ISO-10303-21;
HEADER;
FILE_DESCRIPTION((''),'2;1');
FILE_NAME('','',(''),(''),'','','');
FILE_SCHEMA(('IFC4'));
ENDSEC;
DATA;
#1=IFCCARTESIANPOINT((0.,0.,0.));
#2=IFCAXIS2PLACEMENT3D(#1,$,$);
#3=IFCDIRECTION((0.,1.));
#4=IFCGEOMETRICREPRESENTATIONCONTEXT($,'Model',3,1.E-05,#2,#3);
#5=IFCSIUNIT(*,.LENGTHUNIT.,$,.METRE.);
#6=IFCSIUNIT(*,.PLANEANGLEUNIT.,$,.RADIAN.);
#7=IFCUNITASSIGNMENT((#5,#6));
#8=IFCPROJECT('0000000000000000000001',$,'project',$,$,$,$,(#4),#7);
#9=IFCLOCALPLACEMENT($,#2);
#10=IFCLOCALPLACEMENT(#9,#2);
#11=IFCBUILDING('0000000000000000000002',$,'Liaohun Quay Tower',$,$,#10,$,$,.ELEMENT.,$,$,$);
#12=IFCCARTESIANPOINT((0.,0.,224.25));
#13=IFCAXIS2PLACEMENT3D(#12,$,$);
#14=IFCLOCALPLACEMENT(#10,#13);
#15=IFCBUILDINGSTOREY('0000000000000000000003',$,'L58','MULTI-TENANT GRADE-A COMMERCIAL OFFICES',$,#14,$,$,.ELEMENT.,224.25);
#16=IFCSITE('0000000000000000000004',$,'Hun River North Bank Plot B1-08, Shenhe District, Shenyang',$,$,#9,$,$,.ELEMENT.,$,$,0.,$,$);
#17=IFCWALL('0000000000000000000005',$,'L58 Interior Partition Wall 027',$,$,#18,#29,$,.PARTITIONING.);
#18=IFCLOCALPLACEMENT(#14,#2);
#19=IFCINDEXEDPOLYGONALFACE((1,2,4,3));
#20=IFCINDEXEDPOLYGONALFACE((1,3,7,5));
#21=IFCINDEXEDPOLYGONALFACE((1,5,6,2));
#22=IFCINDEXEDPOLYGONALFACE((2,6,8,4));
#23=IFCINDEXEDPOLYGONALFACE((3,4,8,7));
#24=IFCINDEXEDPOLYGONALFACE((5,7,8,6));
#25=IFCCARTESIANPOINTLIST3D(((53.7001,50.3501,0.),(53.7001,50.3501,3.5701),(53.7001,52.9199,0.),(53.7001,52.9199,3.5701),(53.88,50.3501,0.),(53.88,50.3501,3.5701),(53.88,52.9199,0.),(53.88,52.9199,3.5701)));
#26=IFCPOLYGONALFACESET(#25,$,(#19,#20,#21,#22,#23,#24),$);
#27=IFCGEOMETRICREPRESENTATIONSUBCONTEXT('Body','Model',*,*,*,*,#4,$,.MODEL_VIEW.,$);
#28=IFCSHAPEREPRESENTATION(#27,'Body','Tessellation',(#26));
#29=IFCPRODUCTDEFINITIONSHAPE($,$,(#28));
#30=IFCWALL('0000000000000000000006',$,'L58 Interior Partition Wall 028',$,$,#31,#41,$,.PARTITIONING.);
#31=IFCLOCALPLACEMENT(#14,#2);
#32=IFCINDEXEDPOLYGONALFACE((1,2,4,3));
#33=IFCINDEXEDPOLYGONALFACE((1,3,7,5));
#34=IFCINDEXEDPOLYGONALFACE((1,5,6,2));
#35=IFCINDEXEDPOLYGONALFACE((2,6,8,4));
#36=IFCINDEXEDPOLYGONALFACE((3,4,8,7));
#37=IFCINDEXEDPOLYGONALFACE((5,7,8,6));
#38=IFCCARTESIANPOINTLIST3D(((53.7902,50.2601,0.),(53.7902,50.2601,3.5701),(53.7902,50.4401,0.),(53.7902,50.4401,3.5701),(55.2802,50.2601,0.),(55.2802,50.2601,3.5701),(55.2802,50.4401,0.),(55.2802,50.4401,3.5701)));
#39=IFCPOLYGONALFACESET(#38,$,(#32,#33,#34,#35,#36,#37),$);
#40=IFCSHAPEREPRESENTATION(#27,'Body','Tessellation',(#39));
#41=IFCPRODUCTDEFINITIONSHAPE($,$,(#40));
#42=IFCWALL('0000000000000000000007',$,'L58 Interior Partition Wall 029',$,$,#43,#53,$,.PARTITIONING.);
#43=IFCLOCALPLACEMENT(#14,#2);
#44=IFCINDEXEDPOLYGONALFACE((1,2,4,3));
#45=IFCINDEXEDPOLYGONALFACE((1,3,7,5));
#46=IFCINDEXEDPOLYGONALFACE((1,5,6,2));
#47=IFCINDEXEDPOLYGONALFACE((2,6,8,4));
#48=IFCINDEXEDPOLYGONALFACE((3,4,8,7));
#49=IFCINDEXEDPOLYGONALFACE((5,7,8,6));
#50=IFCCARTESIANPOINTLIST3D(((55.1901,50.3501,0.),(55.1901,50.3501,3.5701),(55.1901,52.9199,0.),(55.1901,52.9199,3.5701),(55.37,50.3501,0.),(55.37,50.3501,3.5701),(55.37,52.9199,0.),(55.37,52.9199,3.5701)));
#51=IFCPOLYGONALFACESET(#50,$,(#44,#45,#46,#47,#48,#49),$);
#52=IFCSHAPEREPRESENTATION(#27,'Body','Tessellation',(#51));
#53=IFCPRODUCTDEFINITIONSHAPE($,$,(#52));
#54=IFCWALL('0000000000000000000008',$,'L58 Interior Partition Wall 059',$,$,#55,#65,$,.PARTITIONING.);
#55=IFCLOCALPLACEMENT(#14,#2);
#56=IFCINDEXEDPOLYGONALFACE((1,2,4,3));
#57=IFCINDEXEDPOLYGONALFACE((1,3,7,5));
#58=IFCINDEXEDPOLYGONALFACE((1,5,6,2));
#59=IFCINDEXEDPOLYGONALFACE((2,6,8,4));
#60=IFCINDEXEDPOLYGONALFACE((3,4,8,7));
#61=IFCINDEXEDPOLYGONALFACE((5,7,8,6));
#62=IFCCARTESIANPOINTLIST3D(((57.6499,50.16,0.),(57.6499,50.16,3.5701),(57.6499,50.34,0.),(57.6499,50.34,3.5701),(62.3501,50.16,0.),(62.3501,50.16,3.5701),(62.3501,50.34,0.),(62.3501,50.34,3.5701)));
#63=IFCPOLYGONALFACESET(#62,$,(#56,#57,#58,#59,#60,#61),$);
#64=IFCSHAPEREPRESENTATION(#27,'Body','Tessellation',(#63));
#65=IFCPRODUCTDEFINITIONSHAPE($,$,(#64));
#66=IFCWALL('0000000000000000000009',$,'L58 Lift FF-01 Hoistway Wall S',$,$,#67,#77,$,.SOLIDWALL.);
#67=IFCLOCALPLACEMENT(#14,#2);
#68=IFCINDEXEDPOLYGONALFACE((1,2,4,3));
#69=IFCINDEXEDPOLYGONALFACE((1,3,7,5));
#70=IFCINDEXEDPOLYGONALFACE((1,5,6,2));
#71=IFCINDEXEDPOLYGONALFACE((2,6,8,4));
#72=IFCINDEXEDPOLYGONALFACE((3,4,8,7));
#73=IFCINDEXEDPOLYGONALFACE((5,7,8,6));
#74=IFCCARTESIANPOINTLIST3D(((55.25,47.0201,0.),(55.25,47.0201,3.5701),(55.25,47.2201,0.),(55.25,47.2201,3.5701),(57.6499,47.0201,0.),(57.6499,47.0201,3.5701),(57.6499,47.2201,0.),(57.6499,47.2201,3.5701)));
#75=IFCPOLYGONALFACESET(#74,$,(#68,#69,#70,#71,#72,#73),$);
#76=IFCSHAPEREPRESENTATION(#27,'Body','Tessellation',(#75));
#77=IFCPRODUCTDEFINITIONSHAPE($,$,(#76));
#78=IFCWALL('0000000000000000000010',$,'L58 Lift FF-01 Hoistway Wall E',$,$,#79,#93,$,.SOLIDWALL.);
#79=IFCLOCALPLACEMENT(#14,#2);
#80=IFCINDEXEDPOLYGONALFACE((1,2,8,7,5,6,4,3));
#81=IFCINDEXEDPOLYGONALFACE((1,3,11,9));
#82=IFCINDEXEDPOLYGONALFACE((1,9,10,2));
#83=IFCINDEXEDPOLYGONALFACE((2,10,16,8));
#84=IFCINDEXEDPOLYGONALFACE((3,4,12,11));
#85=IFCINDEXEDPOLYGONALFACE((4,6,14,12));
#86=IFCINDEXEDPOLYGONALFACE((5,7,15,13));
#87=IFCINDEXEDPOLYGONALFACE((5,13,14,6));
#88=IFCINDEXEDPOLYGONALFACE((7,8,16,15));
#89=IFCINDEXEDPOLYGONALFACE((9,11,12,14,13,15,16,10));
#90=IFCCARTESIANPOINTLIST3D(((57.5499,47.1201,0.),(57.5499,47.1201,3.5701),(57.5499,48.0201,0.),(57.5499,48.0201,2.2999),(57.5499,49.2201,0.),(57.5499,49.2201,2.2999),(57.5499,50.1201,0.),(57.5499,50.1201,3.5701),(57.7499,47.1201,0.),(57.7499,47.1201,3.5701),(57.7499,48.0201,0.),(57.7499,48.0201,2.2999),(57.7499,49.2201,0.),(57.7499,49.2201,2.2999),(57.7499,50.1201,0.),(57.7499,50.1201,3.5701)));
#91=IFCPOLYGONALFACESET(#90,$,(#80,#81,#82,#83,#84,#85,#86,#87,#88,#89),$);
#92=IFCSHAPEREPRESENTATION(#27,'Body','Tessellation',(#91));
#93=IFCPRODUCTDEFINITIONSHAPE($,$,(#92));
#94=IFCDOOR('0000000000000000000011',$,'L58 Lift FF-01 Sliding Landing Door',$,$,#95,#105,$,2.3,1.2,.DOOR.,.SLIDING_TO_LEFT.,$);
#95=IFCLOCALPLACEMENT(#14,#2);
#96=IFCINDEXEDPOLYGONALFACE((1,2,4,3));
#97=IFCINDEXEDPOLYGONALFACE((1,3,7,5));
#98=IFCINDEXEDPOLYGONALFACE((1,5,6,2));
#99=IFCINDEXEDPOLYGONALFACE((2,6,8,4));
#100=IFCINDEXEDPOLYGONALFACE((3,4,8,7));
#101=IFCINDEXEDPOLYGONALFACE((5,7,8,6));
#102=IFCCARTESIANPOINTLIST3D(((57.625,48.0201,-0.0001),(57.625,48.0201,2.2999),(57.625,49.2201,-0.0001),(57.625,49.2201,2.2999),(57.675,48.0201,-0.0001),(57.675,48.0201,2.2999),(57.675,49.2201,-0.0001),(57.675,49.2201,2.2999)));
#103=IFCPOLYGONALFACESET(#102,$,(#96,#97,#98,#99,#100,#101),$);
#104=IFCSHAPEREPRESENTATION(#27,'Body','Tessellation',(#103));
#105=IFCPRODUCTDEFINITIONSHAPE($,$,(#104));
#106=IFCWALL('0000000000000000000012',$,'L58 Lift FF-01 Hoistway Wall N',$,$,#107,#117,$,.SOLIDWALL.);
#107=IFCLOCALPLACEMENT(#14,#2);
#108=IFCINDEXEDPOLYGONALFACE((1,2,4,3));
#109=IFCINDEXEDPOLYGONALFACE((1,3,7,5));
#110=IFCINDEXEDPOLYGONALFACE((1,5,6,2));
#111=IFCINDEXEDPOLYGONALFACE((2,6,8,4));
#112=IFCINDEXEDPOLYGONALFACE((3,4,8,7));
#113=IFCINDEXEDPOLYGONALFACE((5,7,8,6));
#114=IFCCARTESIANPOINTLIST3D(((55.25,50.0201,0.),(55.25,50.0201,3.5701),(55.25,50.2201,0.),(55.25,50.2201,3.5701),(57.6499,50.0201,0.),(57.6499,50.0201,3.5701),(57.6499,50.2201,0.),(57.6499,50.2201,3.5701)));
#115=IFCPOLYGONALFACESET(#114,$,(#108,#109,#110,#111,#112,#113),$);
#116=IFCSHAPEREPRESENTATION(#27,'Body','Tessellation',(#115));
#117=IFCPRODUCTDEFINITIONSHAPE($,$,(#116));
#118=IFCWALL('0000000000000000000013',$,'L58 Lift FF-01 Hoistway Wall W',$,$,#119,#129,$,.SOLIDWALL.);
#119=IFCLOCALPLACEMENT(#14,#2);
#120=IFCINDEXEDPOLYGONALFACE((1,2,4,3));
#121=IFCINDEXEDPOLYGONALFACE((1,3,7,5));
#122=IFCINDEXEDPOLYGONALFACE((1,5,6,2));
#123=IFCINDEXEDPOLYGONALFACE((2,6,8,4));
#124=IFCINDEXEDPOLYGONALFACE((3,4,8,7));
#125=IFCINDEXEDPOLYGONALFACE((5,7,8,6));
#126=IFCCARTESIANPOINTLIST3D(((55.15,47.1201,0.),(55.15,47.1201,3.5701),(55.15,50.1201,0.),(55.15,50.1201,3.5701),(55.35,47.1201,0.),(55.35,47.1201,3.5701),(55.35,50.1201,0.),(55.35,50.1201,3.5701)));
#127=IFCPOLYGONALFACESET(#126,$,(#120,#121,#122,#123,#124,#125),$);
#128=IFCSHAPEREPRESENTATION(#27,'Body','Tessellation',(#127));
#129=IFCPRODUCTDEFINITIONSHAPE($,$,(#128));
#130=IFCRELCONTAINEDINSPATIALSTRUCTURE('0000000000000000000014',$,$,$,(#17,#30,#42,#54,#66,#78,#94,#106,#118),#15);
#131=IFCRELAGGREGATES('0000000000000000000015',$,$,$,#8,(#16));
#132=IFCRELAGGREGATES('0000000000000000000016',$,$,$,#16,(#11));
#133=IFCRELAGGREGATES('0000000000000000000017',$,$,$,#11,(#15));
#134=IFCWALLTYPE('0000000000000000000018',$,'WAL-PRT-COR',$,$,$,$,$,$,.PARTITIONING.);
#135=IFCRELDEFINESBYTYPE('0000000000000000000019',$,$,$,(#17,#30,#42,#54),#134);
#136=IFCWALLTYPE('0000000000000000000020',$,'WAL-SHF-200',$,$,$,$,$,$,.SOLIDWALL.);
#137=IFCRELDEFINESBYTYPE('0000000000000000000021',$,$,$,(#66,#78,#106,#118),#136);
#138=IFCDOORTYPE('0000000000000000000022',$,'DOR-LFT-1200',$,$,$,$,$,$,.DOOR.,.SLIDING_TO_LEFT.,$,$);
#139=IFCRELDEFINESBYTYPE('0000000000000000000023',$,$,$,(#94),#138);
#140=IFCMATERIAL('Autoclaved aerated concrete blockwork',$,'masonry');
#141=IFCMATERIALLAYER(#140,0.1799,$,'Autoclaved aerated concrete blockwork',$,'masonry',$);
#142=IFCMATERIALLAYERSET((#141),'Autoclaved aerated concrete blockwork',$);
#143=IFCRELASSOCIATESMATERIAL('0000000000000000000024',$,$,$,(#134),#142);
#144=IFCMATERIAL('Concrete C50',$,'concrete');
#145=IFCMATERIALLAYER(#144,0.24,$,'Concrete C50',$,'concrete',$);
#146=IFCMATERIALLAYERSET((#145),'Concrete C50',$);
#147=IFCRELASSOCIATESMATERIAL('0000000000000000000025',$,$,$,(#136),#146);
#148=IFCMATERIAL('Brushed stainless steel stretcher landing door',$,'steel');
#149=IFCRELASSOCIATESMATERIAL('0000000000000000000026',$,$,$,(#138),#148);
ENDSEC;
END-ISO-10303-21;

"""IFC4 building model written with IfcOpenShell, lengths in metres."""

from ifc_helpers import new_model, si_unit, direction, frame, frame_2d, origin, place, context, subcontext, project, spatial, rectangle, extrude, source, transform, mapped, material, layer, layer_set, type_object, element, fill, save


model = new_model("IFC4")

# Units and contexts
model_context = context("Model", 3, precision=1e-05, world=origin(), true_north=direction((0.0, 1.0)))
body_context = subcontext(model_context, "Body", "Model", "MODEL_VIEW")
ifc_project = project(units=[si_unit("LENGTHUNIT", "METRE"), si_unit("PLANEANGLEUNIT", "RADIAN")], contexts=[model_context])

# Site, building, storey
site_placement = place(None, origin())
site = spatial("IfcSite", under=ifc_project, at=site_placement, Name="Hun River North Bank Plot B1-08, Shenhe District, Shenyang", CompositionType="ELEMENT", RefElevation=0.0)
building_placement = place(site_placement, origin())
building = spatial("IfcBuilding", under=site, at=building_placement, Name="Liaohun Quay Tower", CompositionType="ELEMENT")
storey_placement = place(building_placement, frame((0.0, 0.0, 224.25)))
storey = spatial("IfcBuildingStorey", under=building, at=storey_placement, Name="L58", Description="MULTI-TENANT GRADE-A COMMERCIAL OFFICES", CompositionType="ELEMENT", Elevation=224.25)

# Shared definitions
ifc_material_1 = material(Name="Autoclaved aerated concrete blockwork", Category="masonry")
ifc_layer_1 = layer(ifc_material_1, 0.1799, Name="Autoclaved aerated concrete blockwork", Category="masonry")
ifc_layer_set_1 = layer_set([ifc_layer_1], Name="Autoclaved aerated concrete blockwork")
wall_type_1 = type_object("IfcWallType", Name="WAL-PRT-COR", PredefinedType="PARTITIONING", material=ifc_layer_set_1)

# Walls
wall_1_placement = place(storey_placement, frame((53.79, 50.3501, 0.0), z_axis=(0.0, 0.0, 1.0), x_axis=(0.0, 1.0, 0.0)))
element("IfcWall", 1, at=wall_1_placement, inside=storey, type_object=wall_type_1, Name="L58 Interior Partition Wall 027", PredefinedType="PARTITIONING", context=body_context, shape_type="SweptSolid", body=[
    extrude(rectangle(XDim=2.5698, YDim=0.1799, at=frame_2d((1.2849, 0.0))), origin(), (0.0, 0.0, 1.0), 3.5701),
])
wall_2_placement = place(storey_placement, frame((53.79, 50.3501, 0.0), z_axis=(0.0, 0.0, 1.0), x_axis=(1.0, 0.0, 0.0)))
element("IfcWall", 2, at=wall_2_placement, inside=storey, type_object=wall_type_1, Name="L58 Interior Partition Wall 028", PredefinedType="PARTITIONING", context=body_context, shape_type="SweptSolid", body=[
    extrude(rectangle(XDim=1.49, YDim=0.1799, at=frame_2d((0.7451, 0.0))), origin(), (0.0, 0.0, 1.0), 3.5701),
])
wall_3_placement = place(storey_placement, frame((55.28, 50.3501, 0.0), z_axis=(0.0, 0.0, 1.0), x_axis=(0.0, 1.0, 0.0)))
element("IfcWall", 3, at=wall_3_placement, inside=storey, type_object=wall_type_1, Name="L58 Interior Partition Wall 029", PredefinedType="PARTITIONING", context=body_context, shape_type="SweptSolid", body=[
    extrude(rectangle(XDim=2.5698, YDim=0.1799, at=frame_2d((1.2849, 0.0))), origin(), (0.0, 0.0, 1.0), 3.5701),
])
wall_4_placement = place(storey_placement, frame((57.6499, 50.25, 0.0), z_axis=(0.0, 0.0, 1.0), x_axis=(1.0, 0.0, 0.0)))
element("IfcWall", 4, at=wall_4_placement, inside=storey, type_object=wall_type_1, Name="L58 Interior Partition Wall 059", PredefinedType="PARTITIONING", context=body_context, shape_type="SweptSolid", body=[
    extrude(rectangle(XDim=4.7002, YDim=0.1799, at=frame_2d((2.3501, 0.0))), origin(), (0.0, 0.0, 1.0), 3.5701),
])
ifc_material_2 = material(Name="Concrete C50", Category="concrete")
ifc_layer_2 = layer(ifc_material_2, 0.24, Name="Concrete C50", Category="concrete")
ifc_layer_set_2 = layer_set([ifc_layer_2], Name="Concrete C50")
wall_type_2 = type_object("IfcWallType", Name="WAL-SHF-200", PredefinedType="SOLIDWALL", material=ifc_layer_set_2)
wall_5_placement = place(storey_placement, frame((55.25, 47.1201, 0.0), z_axis=(0.0, 0.0, 1.0), x_axis=(1.0, 0.0, 0.0)))
element("IfcWall", 5, at=wall_5_placement, inside=storey, type_object=wall_type_2, Name="L58 Lift FF-01 Hoistway Wall S", PredefinedType="SOLIDWALL", context=body_context, shape_type="SweptSolid", body=[
    extrude(rectangle(XDim=2.3999, YDim=0.2, at=frame_2d((1.2, 0.0))), origin(), (0.0, 0.0, 1.0), 3.5701),
])

# Wall, opening, door
wall_6_placement = place(storey_placement, frame((57.6499, 47.1201, 0.0), z_axis=(0.0, 0.0, 1.0), x_axis=(0.0, 1.0, 0.0)))
wall_6 = element("IfcWall", 6, at=wall_6_placement, inside=storey, type_object=wall_type_2, Name="L58 Lift FF-01 Hoistway Wall E", PredefinedType="SOLIDWALL", context=body_context, shape_type="SweptSolid", body=[
    extrude(rectangle(XDim=3.0, YDim=0.2, at=frame_2d((1.5, 0.0))), origin(), (0.0, 0.0, 1.0), 3.5701),
])
shared_shape_1 = source(origin(), body_context, "Body", "SweptSolid", [
    extrude(rectangle(XDim=1.2, YDim=2.3, at=frame_2d((0.6001, 1.1499))), frame((0.0, 0.1099, 0.0), z_axis=(0.0, -1.0, 0.0), x_axis=(1.0, 0.0, 0.0)), (0.0, 0.0, 1.0), 0.22),
])
opening_1_placement = place(wall_6_placement, frame((0.8999, 0.0, 0.0)))
opening_1 = element("IfcOpeningElement", 7, at=opening_1_placement, cuts=wall_6, PredefinedType="OPENING", context=body_context, shape_type="MappedRepresentation", body=[
    mapped(shared_shape_1, transform((0.0, 0.0, 0.0), x_axis=(1.0, 0.0, 0.0), y_axis=(0.0, 1.0, 0.0), z_axis=(0.0, 0.0, 1.0), scale=1.0)),
])
ifc_material_3 = material(Name="Brushed stainless steel stretcher landing door", Category="steel")
door_type_1 = type_object("IfcDoorType", Name="DOR-LFT-1200", OperationType="SLIDING_TO_LEFT", PredefinedType="DOOR", material=ifc_material_3)
shared_shape_2 = source(origin(), body_context, "Body", "SweptSolid", [
    extrude(rectangle(XDim=1.2, YDim=2.3, at=frame_2d((0.6001, 1.1499))), frame((0.0, 0.0249, 0.0), z_axis=(0.0, -1.0, 0.0), x_axis=(1.0, 0.0, 0.0)), (0.0, 0.0, 1.0), 0.05),
])
door_1_placement = place(opening_1_placement, origin())
door_1 = element("IfcDoor", 8, at=door_1_placement, inside=storey, type_object=door_type_1, Name="L58 Lift FF-01 Sliding Landing Door", OperationType="SLIDING_TO_LEFT", OverallHeight=2.3, OverallWidth=1.2, PredefinedType="DOOR", context=body_context, shape_type="MappedRepresentation", body=[
    mapped(shared_shape_2, transform((0.0, 0.0, 0.0), x_axis=(1.0, 0.0, 0.0), y_axis=(0.0, 1.0, 0.0), z_axis=(0.0, 0.0, 1.0), scale=1.0)),
])
fill(opening_1, door_1)

# Walls
wall_7_placement = place(storey_placement, frame((57.6499, 50.1201, 0.0), z_axis=(0.0, 0.0, 1.0), x_axis=(-1.0, 0.0, 0.0)))
element("IfcWall", 9, at=wall_7_placement, inside=storey, type_object=wall_type_2, Name="L58 Lift FF-01 Hoistway Wall N", PredefinedType="SOLIDWALL", context=body_context, shape_type="SweptSolid", body=[
    extrude(rectangle(XDim=2.3999, YDim=0.2, at=frame_2d((1.2, 0.0))), origin(), (0.0, 0.0, 1.0), 3.5701),
])
wall_8_placement = place(storey_placement, frame((55.25, 50.1201, 0.0), z_axis=(0.0, 0.0, 1.0), x_axis=(0.0, -1.0, 0.0)))
element("IfcWall", 10, at=wall_8_placement, inside=storey, type_object=wall_type_2, Name="L58 Lift FF-01 Hoistway Wall W", PredefinedType="SOLIDWALL", context=body_context, shape_type="SweptSolid", body=[
    extrude(rectangle(XDim=3.0, YDim=0.2, at=frame_2d((1.5, 0.0))), origin(), (0.0, 0.0, 1.0), 3.5701),
])

save(model, "model.ifc")
